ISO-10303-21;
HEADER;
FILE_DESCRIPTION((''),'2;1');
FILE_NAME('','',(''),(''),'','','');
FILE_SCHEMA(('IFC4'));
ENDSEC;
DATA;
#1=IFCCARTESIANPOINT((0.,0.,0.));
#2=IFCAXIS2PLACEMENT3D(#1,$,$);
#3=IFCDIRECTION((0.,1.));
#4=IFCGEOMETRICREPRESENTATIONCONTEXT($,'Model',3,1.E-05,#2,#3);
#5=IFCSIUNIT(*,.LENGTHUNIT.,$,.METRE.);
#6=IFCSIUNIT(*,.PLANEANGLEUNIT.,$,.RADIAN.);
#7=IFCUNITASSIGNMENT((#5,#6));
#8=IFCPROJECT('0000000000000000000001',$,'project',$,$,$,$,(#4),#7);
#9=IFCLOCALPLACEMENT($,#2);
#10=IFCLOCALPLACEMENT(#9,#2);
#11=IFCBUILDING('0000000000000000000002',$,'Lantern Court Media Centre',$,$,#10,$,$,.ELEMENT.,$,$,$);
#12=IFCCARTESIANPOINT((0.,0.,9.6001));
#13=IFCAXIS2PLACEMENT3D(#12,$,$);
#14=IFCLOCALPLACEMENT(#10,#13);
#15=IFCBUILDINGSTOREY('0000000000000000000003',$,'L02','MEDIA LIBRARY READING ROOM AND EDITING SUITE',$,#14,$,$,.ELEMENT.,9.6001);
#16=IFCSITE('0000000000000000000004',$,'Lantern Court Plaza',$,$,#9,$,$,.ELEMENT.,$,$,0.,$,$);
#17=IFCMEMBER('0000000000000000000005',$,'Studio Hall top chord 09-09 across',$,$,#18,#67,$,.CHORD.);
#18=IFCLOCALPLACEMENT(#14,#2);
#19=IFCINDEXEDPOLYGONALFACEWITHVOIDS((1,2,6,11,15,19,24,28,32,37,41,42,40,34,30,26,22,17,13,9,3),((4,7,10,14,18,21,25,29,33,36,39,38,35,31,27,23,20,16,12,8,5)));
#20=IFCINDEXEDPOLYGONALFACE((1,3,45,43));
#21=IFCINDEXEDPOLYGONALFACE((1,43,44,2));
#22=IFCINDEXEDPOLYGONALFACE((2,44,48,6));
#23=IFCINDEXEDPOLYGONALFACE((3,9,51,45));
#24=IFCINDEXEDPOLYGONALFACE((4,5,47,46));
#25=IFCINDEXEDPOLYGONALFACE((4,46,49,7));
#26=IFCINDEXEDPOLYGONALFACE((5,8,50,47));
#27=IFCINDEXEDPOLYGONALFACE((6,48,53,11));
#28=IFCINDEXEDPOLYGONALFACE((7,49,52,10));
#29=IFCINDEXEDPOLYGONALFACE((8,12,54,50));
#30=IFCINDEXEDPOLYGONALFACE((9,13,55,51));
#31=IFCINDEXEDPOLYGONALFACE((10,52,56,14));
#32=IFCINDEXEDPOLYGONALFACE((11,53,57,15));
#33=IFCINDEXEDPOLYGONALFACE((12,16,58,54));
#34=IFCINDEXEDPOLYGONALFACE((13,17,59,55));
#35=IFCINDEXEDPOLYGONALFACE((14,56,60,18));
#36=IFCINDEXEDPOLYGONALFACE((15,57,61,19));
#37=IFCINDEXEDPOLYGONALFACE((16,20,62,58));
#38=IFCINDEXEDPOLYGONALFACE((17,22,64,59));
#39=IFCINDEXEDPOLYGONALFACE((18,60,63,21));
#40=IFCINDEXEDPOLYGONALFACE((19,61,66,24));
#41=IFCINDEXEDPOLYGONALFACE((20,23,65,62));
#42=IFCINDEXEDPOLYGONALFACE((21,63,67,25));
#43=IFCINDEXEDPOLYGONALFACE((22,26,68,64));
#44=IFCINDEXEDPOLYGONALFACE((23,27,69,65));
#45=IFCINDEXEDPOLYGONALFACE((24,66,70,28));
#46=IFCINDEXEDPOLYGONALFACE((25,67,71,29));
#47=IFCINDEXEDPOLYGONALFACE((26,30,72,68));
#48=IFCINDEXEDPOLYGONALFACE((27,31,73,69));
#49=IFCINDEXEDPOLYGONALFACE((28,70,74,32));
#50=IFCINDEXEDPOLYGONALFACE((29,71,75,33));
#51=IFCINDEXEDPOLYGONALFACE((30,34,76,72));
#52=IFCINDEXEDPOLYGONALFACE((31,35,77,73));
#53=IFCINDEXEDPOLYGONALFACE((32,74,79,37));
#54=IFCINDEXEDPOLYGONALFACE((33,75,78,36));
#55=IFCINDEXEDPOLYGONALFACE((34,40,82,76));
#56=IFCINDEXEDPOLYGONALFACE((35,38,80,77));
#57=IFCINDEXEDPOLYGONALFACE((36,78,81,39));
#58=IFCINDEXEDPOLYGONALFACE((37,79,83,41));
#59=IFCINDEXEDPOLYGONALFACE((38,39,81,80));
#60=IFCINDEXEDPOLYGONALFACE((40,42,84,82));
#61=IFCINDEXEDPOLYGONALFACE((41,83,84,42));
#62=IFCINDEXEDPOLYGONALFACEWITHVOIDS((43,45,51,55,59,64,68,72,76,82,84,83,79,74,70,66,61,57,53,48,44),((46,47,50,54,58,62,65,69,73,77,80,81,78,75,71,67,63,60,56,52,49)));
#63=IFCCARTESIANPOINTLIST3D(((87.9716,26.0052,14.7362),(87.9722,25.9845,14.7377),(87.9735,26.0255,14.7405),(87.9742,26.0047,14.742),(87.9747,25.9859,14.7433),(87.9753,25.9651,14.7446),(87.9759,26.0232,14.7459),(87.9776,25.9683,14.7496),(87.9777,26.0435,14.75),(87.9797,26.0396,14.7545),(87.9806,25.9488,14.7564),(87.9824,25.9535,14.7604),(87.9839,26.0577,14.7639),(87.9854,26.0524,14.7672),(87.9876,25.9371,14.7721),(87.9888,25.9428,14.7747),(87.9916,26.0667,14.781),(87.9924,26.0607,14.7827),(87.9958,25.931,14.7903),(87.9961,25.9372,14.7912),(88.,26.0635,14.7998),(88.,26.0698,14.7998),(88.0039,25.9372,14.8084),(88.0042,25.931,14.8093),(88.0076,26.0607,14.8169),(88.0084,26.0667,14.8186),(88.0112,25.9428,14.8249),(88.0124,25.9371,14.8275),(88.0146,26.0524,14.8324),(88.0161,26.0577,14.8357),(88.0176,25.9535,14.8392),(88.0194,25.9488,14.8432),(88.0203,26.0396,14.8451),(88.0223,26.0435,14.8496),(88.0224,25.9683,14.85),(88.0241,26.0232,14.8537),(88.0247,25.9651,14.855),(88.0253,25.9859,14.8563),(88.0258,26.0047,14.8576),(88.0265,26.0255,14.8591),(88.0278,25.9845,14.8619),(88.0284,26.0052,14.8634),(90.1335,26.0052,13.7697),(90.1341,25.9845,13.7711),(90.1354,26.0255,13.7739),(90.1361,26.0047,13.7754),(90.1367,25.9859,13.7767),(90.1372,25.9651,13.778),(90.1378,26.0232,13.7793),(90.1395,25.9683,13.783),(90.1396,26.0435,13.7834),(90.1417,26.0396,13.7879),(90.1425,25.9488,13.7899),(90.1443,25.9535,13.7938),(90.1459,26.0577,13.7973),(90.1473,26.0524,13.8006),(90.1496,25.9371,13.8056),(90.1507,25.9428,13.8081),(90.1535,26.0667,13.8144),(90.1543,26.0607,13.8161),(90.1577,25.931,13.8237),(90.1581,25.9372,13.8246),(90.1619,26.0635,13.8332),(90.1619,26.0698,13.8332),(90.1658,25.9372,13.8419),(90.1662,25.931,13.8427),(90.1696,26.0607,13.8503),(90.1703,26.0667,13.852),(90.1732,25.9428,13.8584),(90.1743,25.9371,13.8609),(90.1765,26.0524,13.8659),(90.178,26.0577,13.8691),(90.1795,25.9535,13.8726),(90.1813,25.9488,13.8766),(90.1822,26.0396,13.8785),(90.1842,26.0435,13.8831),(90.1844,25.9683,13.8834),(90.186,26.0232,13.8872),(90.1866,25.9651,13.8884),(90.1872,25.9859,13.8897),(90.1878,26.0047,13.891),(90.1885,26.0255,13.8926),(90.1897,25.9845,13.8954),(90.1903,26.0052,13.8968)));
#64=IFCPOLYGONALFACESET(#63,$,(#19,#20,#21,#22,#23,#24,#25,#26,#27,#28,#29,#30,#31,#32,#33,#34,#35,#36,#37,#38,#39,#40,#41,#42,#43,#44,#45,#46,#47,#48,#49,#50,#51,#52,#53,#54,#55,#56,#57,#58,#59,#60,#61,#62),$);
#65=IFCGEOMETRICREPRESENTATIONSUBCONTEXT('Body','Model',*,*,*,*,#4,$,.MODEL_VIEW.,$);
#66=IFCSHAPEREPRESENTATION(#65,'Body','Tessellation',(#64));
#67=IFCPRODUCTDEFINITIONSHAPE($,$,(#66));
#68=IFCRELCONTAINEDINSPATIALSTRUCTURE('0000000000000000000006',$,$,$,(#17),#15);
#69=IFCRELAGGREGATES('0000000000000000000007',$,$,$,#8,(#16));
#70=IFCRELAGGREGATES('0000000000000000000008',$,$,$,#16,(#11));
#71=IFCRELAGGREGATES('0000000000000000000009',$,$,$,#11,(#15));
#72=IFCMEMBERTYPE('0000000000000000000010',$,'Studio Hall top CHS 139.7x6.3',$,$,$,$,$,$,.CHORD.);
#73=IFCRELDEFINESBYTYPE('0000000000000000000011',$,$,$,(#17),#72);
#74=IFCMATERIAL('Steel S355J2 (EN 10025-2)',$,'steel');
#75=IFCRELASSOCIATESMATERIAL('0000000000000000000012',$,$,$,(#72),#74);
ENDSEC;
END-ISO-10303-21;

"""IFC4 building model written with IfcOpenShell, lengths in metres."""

from ifc_helpers import new_model, si_unit, direction, frame, origin, origin_2d, place, context, subcontext, project, spatial, hollow_circle, extrude, material, material_profile, profile_set, type_object, element, save


model = new_model("IFC4")

# Units and contexts
model_context = context("Model", 3, precision=1e-05, world=origin(), true_north=direction((0.0, 1.0)))
body_context = subcontext(model_context, "Body", "Model", "MODEL_VIEW")
ifc_project = project(units=[si_unit("LENGTHUNIT", "METRE"), si_unit("PLANEANGLEUNIT", "RADIAN")], contexts=[model_context])

# Site, building, storey
site_placement = place(None, origin())
site = spatial("IfcSite", under=ifc_project, at=site_placement, Name="Lantern Court Plaza", CompositionType="ELEMENT", RefElevation=0.0)
building_placement = place(site_placement, origin())
building = spatial("IfcBuilding", under=site, at=building_placement, Name="Lantern Court Media Centre", CompositionType="ELEMENT")
storey_placement = place(building_placement, frame((0.0, 0.0, 9.6001)))
storey = spatial("IfcBuildingStorey", under=building, at=storey_placement, Name="L02", Description="MEDIA LIBRARY READING ROOM AND EDITING SUITE", CompositionType="ELEMENT", Elevation=9.6001)

# Member
ifc_material = material(Name="Steel S355J2 (EN 10025-2)", Category="steel")
ifc_material_profile_1 = material_profile(ifc_material, hollow_circle(Radius=0.0698, WallThickness=0.0063, at=origin_2d()), Name="Studio Hall top CHS 139.7x6.3")
ifc_profile_set_1 = profile_set([ifc_material_profile_1], Name="Steel S355J2 (EN 10025-2)")
member_type_1 = type_object("IfcMemberType", Name="Studio Hall top CHS 139.7x6.3", PredefinedType="CHORD", material=ifc_profile_set_1)
for number, where, z_axis, x_axis, name in (
    (1, (88.0, 26.0, 14.7998), (0.912912, 0.0, -0.408156), (0.0, 1.0, 0.0), "Studio Hall top chord 09-09 across"),
):
    element("IfcMember", number, at=place(storey_placement, frame(where, z_axis=z_axis, x_axis=x_axis)), inside=storey, type_object=member_type_1, Name=name, PredefinedType="CHORD", context=body_context, shape_type="SweptSolid", body=[
        extrude(hollow_circle(Radius=0.0698, WallThickness=0.0063, at=origin_2d()), origin(), (0.0, 0.0, 1.0), 2.3682),
    ])

save(model, "model.ifc")
